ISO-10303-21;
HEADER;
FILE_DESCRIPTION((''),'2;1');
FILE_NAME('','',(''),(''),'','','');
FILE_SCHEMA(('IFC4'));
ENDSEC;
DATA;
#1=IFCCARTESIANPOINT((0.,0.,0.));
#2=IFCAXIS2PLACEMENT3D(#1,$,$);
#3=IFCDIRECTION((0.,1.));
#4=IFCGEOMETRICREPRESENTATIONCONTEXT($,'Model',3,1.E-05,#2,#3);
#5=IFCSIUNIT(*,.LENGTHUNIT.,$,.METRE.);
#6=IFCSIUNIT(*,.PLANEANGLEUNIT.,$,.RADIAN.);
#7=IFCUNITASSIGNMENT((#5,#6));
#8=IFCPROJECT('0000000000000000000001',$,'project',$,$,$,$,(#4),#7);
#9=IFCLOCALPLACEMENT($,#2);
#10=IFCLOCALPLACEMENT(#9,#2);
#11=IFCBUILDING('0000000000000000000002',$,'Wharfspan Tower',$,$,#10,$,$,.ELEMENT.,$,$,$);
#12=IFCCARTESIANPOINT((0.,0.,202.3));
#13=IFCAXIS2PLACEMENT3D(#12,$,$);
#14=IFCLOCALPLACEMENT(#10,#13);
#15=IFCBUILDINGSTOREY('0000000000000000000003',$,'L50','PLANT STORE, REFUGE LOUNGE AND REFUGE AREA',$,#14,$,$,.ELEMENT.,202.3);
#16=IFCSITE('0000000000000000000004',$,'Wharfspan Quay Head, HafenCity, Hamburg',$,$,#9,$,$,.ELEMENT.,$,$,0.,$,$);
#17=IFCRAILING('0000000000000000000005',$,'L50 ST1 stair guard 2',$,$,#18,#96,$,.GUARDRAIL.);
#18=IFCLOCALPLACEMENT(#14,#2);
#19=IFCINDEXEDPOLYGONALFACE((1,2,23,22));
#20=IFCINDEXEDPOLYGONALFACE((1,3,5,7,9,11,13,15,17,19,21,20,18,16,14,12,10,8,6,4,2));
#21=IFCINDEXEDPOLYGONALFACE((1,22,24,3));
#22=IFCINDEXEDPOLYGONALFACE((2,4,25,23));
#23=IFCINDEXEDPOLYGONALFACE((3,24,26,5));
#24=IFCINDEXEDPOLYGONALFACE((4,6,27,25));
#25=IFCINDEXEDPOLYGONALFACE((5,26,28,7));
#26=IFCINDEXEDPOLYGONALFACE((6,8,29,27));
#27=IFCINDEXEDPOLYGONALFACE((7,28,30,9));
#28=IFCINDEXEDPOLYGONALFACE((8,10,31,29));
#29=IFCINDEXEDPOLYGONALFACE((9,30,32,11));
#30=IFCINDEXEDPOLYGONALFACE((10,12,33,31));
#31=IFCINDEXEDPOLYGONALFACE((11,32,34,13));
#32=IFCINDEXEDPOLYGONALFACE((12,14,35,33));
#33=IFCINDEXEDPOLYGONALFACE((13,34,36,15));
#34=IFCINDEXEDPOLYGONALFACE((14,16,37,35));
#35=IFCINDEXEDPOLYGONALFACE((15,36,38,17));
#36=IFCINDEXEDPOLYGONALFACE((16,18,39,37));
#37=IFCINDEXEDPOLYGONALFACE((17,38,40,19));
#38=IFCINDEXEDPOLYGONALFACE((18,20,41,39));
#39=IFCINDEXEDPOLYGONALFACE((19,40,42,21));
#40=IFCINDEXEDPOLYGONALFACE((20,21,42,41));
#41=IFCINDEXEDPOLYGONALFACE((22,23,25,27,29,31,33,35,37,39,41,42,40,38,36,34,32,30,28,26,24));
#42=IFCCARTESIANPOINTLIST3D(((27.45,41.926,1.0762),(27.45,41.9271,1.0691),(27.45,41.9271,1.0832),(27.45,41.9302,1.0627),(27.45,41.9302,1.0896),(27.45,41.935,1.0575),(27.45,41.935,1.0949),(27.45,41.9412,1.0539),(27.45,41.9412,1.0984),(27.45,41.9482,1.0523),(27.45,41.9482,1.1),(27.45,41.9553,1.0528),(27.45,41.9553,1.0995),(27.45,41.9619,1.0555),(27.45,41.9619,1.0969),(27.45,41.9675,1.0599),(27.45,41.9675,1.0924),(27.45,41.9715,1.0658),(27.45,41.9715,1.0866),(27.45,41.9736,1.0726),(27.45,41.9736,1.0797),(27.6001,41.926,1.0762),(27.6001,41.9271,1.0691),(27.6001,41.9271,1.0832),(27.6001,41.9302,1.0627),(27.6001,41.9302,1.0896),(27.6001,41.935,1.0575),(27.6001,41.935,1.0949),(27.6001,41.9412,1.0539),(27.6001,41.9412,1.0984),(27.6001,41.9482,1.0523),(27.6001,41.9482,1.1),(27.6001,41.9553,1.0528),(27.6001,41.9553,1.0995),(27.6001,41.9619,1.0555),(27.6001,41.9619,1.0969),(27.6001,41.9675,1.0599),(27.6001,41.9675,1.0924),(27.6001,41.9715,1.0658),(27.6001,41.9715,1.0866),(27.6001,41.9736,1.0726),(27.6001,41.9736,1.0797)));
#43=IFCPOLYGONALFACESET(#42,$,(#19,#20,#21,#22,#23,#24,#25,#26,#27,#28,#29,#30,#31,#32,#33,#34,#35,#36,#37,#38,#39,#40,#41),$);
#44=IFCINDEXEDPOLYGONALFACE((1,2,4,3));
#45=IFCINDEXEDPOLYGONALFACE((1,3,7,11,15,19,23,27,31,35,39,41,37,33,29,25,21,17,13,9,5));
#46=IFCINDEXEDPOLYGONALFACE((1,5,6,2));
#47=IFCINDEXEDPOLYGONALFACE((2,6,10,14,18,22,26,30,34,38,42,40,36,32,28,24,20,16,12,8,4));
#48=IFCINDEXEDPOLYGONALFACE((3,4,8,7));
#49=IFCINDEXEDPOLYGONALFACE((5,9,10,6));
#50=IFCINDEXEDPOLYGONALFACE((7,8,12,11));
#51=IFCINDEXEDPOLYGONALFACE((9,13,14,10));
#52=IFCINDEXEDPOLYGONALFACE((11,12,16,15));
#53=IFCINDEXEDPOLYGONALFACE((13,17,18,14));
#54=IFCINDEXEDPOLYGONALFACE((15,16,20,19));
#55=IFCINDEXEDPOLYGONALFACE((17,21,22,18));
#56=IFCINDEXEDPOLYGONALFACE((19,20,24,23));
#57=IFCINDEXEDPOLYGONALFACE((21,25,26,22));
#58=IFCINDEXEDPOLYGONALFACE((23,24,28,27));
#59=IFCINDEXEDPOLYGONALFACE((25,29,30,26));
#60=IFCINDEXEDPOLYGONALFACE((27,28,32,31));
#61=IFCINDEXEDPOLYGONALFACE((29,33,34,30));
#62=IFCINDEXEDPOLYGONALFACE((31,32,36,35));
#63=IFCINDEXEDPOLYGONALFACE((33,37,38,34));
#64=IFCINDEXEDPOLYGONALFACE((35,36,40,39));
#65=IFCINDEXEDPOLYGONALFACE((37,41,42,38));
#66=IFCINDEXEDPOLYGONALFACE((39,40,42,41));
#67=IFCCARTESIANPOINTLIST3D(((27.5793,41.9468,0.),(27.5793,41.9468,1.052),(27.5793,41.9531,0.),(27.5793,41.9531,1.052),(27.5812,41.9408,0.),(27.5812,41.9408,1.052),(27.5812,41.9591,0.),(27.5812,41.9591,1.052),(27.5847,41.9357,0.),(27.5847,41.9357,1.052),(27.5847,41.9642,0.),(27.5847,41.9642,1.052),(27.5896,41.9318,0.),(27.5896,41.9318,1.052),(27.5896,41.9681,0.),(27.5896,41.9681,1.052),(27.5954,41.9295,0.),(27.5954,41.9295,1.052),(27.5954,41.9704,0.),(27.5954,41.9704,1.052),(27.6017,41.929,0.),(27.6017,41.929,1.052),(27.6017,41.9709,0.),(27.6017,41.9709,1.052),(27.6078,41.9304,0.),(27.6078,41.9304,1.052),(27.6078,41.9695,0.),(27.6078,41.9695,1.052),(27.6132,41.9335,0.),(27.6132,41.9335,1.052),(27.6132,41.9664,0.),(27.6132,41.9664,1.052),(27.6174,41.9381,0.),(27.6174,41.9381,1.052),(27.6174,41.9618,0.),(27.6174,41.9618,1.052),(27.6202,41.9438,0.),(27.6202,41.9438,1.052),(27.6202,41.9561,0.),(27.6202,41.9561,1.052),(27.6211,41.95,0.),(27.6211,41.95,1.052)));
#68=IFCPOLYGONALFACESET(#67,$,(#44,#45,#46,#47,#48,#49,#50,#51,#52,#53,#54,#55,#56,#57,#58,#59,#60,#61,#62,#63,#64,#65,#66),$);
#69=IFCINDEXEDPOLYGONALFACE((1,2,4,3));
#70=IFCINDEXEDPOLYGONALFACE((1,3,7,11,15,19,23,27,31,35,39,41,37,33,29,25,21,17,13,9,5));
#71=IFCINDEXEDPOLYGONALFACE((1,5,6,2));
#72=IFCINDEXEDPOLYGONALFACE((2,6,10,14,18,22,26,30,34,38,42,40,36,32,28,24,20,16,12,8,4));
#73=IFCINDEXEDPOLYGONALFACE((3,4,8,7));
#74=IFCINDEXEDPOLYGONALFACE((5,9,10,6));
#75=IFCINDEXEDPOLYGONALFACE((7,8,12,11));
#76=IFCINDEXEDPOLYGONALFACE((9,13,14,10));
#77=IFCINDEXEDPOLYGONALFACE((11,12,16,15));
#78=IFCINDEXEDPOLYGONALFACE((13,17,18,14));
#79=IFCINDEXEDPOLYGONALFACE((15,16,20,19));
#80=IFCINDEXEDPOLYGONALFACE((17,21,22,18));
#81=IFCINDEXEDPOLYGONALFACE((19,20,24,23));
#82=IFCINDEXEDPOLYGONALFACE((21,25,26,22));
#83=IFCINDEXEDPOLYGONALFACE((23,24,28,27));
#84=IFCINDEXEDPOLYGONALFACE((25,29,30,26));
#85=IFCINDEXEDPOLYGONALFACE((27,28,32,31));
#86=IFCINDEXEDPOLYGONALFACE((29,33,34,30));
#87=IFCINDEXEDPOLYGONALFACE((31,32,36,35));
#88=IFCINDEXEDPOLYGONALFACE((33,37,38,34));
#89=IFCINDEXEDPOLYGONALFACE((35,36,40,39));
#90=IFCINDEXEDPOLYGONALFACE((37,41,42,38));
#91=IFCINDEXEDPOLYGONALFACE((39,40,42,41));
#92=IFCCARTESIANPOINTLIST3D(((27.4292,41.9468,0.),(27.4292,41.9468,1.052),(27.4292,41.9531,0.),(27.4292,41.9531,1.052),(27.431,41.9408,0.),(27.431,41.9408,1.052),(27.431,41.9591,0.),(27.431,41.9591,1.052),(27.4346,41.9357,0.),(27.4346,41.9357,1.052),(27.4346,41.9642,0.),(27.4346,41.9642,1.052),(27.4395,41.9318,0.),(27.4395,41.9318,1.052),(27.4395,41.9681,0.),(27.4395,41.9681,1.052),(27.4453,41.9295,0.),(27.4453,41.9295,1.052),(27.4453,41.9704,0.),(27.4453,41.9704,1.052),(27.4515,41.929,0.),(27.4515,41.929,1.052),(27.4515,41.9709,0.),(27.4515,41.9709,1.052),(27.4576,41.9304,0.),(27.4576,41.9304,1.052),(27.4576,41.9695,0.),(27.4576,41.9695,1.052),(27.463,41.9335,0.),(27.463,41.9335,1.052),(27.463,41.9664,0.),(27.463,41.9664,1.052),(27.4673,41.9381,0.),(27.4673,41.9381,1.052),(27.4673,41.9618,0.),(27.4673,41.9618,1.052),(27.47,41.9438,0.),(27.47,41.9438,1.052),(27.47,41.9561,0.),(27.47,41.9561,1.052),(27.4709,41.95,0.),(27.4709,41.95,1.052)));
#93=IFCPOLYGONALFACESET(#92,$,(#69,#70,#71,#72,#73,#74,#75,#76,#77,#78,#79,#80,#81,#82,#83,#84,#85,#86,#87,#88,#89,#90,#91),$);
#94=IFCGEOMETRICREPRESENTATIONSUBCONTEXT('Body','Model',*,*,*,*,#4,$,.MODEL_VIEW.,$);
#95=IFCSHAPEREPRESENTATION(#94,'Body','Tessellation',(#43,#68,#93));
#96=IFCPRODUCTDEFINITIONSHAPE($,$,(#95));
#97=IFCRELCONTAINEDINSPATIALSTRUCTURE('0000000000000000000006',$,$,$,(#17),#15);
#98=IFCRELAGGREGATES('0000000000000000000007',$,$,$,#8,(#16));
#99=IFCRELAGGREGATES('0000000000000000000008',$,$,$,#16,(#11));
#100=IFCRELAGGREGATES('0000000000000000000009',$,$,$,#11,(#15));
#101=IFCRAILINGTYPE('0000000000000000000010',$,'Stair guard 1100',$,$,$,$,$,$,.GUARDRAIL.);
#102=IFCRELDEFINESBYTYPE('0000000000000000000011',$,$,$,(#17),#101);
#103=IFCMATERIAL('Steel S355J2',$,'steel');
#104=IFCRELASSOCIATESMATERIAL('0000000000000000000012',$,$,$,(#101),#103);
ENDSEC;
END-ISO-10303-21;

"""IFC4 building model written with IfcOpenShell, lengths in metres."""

from ifc_helpers import new_model, si_unit, direction, frame, origin, origin_2d, place, context, subcontext, project, spatial, circle, extrude, material, type_object, element, save


model = new_model("IFC4")

# Units and contexts
model_context = context("Model", 3, precision=1e-05, world=origin(), true_north=direction((0.0, 1.0)))
body_context = subcontext(model_context, "Body", "Model", "MODEL_VIEW")
ifc_project = project(units=[si_unit("LENGTHUNIT", "METRE"), si_unit("PLANEANGLEUNIT", "RADIAN")], contexts=[model_context])

# Site, building, storey
site_placement = place(None, origin())
site = spatial("IfcSite", under=ifc_project, at=site_placement, Name="Wharfspan Quay Head, HafenCity, Hamburg", CompositionType="ELEMENT", RefElevation=0.0)
building_placement = place(site_placement, origin())
building = spatial("IfcBuilding", under=site, at=building_placement, Name="Wharfspan Tower", CompositionType="ELEMENT")
storey_placement = place(building_placement, frame((0.0, 0.0, 202.3)))
storey = spatial("IfcBuildingStorey", under=building, at=storey_placement, Name="L50", Description="PLANT STORE, REFUGE LOUNGE AND REFUGE AREA", CompositionType="ELEMENT", Elevation=202.3)

# Railing
ifc_material_1 = material(Name="Steel S355J2", Category="steel")
railing_type = type_object("IfcRailingType", Name="Stair guard 1100", PredefinedType="GUARDRAIL", material=ifc_material_1)
railing_1_placement = place(storey_placement, frame((27.6001, 41.95, 0.0)))
element("IfcRailing", 1, at=railing_1_placement, inside=storey, type_object=railing_type, Name="L50 ST1 stair guard 2", PredefinedType="GUARDRAIL", context=body_context, shape_type="SweptSolid", body=[
    extrude(circle(Radius=0.0239, at=origin_2d()), frame((0.0, 0.0, 1.0762), z_axis=(-1.0, 0.0, 0.0), x_axis=(0.0, -1.0, 0.0)), (0.0, 0.0, 1.0), 0.1501),
    extrude(circle(Radius=0.021, at=origin_2d()), origin(), (0.0, 0.0, 1.0), 1.052),
    extrude(circle(Radius=0.021, at=origin_2d()), frame((-0.1501, 0.0, 0.0)), (0.0, 0.0, 1.0), 1.052),
])

save(model, "model.ifc")
